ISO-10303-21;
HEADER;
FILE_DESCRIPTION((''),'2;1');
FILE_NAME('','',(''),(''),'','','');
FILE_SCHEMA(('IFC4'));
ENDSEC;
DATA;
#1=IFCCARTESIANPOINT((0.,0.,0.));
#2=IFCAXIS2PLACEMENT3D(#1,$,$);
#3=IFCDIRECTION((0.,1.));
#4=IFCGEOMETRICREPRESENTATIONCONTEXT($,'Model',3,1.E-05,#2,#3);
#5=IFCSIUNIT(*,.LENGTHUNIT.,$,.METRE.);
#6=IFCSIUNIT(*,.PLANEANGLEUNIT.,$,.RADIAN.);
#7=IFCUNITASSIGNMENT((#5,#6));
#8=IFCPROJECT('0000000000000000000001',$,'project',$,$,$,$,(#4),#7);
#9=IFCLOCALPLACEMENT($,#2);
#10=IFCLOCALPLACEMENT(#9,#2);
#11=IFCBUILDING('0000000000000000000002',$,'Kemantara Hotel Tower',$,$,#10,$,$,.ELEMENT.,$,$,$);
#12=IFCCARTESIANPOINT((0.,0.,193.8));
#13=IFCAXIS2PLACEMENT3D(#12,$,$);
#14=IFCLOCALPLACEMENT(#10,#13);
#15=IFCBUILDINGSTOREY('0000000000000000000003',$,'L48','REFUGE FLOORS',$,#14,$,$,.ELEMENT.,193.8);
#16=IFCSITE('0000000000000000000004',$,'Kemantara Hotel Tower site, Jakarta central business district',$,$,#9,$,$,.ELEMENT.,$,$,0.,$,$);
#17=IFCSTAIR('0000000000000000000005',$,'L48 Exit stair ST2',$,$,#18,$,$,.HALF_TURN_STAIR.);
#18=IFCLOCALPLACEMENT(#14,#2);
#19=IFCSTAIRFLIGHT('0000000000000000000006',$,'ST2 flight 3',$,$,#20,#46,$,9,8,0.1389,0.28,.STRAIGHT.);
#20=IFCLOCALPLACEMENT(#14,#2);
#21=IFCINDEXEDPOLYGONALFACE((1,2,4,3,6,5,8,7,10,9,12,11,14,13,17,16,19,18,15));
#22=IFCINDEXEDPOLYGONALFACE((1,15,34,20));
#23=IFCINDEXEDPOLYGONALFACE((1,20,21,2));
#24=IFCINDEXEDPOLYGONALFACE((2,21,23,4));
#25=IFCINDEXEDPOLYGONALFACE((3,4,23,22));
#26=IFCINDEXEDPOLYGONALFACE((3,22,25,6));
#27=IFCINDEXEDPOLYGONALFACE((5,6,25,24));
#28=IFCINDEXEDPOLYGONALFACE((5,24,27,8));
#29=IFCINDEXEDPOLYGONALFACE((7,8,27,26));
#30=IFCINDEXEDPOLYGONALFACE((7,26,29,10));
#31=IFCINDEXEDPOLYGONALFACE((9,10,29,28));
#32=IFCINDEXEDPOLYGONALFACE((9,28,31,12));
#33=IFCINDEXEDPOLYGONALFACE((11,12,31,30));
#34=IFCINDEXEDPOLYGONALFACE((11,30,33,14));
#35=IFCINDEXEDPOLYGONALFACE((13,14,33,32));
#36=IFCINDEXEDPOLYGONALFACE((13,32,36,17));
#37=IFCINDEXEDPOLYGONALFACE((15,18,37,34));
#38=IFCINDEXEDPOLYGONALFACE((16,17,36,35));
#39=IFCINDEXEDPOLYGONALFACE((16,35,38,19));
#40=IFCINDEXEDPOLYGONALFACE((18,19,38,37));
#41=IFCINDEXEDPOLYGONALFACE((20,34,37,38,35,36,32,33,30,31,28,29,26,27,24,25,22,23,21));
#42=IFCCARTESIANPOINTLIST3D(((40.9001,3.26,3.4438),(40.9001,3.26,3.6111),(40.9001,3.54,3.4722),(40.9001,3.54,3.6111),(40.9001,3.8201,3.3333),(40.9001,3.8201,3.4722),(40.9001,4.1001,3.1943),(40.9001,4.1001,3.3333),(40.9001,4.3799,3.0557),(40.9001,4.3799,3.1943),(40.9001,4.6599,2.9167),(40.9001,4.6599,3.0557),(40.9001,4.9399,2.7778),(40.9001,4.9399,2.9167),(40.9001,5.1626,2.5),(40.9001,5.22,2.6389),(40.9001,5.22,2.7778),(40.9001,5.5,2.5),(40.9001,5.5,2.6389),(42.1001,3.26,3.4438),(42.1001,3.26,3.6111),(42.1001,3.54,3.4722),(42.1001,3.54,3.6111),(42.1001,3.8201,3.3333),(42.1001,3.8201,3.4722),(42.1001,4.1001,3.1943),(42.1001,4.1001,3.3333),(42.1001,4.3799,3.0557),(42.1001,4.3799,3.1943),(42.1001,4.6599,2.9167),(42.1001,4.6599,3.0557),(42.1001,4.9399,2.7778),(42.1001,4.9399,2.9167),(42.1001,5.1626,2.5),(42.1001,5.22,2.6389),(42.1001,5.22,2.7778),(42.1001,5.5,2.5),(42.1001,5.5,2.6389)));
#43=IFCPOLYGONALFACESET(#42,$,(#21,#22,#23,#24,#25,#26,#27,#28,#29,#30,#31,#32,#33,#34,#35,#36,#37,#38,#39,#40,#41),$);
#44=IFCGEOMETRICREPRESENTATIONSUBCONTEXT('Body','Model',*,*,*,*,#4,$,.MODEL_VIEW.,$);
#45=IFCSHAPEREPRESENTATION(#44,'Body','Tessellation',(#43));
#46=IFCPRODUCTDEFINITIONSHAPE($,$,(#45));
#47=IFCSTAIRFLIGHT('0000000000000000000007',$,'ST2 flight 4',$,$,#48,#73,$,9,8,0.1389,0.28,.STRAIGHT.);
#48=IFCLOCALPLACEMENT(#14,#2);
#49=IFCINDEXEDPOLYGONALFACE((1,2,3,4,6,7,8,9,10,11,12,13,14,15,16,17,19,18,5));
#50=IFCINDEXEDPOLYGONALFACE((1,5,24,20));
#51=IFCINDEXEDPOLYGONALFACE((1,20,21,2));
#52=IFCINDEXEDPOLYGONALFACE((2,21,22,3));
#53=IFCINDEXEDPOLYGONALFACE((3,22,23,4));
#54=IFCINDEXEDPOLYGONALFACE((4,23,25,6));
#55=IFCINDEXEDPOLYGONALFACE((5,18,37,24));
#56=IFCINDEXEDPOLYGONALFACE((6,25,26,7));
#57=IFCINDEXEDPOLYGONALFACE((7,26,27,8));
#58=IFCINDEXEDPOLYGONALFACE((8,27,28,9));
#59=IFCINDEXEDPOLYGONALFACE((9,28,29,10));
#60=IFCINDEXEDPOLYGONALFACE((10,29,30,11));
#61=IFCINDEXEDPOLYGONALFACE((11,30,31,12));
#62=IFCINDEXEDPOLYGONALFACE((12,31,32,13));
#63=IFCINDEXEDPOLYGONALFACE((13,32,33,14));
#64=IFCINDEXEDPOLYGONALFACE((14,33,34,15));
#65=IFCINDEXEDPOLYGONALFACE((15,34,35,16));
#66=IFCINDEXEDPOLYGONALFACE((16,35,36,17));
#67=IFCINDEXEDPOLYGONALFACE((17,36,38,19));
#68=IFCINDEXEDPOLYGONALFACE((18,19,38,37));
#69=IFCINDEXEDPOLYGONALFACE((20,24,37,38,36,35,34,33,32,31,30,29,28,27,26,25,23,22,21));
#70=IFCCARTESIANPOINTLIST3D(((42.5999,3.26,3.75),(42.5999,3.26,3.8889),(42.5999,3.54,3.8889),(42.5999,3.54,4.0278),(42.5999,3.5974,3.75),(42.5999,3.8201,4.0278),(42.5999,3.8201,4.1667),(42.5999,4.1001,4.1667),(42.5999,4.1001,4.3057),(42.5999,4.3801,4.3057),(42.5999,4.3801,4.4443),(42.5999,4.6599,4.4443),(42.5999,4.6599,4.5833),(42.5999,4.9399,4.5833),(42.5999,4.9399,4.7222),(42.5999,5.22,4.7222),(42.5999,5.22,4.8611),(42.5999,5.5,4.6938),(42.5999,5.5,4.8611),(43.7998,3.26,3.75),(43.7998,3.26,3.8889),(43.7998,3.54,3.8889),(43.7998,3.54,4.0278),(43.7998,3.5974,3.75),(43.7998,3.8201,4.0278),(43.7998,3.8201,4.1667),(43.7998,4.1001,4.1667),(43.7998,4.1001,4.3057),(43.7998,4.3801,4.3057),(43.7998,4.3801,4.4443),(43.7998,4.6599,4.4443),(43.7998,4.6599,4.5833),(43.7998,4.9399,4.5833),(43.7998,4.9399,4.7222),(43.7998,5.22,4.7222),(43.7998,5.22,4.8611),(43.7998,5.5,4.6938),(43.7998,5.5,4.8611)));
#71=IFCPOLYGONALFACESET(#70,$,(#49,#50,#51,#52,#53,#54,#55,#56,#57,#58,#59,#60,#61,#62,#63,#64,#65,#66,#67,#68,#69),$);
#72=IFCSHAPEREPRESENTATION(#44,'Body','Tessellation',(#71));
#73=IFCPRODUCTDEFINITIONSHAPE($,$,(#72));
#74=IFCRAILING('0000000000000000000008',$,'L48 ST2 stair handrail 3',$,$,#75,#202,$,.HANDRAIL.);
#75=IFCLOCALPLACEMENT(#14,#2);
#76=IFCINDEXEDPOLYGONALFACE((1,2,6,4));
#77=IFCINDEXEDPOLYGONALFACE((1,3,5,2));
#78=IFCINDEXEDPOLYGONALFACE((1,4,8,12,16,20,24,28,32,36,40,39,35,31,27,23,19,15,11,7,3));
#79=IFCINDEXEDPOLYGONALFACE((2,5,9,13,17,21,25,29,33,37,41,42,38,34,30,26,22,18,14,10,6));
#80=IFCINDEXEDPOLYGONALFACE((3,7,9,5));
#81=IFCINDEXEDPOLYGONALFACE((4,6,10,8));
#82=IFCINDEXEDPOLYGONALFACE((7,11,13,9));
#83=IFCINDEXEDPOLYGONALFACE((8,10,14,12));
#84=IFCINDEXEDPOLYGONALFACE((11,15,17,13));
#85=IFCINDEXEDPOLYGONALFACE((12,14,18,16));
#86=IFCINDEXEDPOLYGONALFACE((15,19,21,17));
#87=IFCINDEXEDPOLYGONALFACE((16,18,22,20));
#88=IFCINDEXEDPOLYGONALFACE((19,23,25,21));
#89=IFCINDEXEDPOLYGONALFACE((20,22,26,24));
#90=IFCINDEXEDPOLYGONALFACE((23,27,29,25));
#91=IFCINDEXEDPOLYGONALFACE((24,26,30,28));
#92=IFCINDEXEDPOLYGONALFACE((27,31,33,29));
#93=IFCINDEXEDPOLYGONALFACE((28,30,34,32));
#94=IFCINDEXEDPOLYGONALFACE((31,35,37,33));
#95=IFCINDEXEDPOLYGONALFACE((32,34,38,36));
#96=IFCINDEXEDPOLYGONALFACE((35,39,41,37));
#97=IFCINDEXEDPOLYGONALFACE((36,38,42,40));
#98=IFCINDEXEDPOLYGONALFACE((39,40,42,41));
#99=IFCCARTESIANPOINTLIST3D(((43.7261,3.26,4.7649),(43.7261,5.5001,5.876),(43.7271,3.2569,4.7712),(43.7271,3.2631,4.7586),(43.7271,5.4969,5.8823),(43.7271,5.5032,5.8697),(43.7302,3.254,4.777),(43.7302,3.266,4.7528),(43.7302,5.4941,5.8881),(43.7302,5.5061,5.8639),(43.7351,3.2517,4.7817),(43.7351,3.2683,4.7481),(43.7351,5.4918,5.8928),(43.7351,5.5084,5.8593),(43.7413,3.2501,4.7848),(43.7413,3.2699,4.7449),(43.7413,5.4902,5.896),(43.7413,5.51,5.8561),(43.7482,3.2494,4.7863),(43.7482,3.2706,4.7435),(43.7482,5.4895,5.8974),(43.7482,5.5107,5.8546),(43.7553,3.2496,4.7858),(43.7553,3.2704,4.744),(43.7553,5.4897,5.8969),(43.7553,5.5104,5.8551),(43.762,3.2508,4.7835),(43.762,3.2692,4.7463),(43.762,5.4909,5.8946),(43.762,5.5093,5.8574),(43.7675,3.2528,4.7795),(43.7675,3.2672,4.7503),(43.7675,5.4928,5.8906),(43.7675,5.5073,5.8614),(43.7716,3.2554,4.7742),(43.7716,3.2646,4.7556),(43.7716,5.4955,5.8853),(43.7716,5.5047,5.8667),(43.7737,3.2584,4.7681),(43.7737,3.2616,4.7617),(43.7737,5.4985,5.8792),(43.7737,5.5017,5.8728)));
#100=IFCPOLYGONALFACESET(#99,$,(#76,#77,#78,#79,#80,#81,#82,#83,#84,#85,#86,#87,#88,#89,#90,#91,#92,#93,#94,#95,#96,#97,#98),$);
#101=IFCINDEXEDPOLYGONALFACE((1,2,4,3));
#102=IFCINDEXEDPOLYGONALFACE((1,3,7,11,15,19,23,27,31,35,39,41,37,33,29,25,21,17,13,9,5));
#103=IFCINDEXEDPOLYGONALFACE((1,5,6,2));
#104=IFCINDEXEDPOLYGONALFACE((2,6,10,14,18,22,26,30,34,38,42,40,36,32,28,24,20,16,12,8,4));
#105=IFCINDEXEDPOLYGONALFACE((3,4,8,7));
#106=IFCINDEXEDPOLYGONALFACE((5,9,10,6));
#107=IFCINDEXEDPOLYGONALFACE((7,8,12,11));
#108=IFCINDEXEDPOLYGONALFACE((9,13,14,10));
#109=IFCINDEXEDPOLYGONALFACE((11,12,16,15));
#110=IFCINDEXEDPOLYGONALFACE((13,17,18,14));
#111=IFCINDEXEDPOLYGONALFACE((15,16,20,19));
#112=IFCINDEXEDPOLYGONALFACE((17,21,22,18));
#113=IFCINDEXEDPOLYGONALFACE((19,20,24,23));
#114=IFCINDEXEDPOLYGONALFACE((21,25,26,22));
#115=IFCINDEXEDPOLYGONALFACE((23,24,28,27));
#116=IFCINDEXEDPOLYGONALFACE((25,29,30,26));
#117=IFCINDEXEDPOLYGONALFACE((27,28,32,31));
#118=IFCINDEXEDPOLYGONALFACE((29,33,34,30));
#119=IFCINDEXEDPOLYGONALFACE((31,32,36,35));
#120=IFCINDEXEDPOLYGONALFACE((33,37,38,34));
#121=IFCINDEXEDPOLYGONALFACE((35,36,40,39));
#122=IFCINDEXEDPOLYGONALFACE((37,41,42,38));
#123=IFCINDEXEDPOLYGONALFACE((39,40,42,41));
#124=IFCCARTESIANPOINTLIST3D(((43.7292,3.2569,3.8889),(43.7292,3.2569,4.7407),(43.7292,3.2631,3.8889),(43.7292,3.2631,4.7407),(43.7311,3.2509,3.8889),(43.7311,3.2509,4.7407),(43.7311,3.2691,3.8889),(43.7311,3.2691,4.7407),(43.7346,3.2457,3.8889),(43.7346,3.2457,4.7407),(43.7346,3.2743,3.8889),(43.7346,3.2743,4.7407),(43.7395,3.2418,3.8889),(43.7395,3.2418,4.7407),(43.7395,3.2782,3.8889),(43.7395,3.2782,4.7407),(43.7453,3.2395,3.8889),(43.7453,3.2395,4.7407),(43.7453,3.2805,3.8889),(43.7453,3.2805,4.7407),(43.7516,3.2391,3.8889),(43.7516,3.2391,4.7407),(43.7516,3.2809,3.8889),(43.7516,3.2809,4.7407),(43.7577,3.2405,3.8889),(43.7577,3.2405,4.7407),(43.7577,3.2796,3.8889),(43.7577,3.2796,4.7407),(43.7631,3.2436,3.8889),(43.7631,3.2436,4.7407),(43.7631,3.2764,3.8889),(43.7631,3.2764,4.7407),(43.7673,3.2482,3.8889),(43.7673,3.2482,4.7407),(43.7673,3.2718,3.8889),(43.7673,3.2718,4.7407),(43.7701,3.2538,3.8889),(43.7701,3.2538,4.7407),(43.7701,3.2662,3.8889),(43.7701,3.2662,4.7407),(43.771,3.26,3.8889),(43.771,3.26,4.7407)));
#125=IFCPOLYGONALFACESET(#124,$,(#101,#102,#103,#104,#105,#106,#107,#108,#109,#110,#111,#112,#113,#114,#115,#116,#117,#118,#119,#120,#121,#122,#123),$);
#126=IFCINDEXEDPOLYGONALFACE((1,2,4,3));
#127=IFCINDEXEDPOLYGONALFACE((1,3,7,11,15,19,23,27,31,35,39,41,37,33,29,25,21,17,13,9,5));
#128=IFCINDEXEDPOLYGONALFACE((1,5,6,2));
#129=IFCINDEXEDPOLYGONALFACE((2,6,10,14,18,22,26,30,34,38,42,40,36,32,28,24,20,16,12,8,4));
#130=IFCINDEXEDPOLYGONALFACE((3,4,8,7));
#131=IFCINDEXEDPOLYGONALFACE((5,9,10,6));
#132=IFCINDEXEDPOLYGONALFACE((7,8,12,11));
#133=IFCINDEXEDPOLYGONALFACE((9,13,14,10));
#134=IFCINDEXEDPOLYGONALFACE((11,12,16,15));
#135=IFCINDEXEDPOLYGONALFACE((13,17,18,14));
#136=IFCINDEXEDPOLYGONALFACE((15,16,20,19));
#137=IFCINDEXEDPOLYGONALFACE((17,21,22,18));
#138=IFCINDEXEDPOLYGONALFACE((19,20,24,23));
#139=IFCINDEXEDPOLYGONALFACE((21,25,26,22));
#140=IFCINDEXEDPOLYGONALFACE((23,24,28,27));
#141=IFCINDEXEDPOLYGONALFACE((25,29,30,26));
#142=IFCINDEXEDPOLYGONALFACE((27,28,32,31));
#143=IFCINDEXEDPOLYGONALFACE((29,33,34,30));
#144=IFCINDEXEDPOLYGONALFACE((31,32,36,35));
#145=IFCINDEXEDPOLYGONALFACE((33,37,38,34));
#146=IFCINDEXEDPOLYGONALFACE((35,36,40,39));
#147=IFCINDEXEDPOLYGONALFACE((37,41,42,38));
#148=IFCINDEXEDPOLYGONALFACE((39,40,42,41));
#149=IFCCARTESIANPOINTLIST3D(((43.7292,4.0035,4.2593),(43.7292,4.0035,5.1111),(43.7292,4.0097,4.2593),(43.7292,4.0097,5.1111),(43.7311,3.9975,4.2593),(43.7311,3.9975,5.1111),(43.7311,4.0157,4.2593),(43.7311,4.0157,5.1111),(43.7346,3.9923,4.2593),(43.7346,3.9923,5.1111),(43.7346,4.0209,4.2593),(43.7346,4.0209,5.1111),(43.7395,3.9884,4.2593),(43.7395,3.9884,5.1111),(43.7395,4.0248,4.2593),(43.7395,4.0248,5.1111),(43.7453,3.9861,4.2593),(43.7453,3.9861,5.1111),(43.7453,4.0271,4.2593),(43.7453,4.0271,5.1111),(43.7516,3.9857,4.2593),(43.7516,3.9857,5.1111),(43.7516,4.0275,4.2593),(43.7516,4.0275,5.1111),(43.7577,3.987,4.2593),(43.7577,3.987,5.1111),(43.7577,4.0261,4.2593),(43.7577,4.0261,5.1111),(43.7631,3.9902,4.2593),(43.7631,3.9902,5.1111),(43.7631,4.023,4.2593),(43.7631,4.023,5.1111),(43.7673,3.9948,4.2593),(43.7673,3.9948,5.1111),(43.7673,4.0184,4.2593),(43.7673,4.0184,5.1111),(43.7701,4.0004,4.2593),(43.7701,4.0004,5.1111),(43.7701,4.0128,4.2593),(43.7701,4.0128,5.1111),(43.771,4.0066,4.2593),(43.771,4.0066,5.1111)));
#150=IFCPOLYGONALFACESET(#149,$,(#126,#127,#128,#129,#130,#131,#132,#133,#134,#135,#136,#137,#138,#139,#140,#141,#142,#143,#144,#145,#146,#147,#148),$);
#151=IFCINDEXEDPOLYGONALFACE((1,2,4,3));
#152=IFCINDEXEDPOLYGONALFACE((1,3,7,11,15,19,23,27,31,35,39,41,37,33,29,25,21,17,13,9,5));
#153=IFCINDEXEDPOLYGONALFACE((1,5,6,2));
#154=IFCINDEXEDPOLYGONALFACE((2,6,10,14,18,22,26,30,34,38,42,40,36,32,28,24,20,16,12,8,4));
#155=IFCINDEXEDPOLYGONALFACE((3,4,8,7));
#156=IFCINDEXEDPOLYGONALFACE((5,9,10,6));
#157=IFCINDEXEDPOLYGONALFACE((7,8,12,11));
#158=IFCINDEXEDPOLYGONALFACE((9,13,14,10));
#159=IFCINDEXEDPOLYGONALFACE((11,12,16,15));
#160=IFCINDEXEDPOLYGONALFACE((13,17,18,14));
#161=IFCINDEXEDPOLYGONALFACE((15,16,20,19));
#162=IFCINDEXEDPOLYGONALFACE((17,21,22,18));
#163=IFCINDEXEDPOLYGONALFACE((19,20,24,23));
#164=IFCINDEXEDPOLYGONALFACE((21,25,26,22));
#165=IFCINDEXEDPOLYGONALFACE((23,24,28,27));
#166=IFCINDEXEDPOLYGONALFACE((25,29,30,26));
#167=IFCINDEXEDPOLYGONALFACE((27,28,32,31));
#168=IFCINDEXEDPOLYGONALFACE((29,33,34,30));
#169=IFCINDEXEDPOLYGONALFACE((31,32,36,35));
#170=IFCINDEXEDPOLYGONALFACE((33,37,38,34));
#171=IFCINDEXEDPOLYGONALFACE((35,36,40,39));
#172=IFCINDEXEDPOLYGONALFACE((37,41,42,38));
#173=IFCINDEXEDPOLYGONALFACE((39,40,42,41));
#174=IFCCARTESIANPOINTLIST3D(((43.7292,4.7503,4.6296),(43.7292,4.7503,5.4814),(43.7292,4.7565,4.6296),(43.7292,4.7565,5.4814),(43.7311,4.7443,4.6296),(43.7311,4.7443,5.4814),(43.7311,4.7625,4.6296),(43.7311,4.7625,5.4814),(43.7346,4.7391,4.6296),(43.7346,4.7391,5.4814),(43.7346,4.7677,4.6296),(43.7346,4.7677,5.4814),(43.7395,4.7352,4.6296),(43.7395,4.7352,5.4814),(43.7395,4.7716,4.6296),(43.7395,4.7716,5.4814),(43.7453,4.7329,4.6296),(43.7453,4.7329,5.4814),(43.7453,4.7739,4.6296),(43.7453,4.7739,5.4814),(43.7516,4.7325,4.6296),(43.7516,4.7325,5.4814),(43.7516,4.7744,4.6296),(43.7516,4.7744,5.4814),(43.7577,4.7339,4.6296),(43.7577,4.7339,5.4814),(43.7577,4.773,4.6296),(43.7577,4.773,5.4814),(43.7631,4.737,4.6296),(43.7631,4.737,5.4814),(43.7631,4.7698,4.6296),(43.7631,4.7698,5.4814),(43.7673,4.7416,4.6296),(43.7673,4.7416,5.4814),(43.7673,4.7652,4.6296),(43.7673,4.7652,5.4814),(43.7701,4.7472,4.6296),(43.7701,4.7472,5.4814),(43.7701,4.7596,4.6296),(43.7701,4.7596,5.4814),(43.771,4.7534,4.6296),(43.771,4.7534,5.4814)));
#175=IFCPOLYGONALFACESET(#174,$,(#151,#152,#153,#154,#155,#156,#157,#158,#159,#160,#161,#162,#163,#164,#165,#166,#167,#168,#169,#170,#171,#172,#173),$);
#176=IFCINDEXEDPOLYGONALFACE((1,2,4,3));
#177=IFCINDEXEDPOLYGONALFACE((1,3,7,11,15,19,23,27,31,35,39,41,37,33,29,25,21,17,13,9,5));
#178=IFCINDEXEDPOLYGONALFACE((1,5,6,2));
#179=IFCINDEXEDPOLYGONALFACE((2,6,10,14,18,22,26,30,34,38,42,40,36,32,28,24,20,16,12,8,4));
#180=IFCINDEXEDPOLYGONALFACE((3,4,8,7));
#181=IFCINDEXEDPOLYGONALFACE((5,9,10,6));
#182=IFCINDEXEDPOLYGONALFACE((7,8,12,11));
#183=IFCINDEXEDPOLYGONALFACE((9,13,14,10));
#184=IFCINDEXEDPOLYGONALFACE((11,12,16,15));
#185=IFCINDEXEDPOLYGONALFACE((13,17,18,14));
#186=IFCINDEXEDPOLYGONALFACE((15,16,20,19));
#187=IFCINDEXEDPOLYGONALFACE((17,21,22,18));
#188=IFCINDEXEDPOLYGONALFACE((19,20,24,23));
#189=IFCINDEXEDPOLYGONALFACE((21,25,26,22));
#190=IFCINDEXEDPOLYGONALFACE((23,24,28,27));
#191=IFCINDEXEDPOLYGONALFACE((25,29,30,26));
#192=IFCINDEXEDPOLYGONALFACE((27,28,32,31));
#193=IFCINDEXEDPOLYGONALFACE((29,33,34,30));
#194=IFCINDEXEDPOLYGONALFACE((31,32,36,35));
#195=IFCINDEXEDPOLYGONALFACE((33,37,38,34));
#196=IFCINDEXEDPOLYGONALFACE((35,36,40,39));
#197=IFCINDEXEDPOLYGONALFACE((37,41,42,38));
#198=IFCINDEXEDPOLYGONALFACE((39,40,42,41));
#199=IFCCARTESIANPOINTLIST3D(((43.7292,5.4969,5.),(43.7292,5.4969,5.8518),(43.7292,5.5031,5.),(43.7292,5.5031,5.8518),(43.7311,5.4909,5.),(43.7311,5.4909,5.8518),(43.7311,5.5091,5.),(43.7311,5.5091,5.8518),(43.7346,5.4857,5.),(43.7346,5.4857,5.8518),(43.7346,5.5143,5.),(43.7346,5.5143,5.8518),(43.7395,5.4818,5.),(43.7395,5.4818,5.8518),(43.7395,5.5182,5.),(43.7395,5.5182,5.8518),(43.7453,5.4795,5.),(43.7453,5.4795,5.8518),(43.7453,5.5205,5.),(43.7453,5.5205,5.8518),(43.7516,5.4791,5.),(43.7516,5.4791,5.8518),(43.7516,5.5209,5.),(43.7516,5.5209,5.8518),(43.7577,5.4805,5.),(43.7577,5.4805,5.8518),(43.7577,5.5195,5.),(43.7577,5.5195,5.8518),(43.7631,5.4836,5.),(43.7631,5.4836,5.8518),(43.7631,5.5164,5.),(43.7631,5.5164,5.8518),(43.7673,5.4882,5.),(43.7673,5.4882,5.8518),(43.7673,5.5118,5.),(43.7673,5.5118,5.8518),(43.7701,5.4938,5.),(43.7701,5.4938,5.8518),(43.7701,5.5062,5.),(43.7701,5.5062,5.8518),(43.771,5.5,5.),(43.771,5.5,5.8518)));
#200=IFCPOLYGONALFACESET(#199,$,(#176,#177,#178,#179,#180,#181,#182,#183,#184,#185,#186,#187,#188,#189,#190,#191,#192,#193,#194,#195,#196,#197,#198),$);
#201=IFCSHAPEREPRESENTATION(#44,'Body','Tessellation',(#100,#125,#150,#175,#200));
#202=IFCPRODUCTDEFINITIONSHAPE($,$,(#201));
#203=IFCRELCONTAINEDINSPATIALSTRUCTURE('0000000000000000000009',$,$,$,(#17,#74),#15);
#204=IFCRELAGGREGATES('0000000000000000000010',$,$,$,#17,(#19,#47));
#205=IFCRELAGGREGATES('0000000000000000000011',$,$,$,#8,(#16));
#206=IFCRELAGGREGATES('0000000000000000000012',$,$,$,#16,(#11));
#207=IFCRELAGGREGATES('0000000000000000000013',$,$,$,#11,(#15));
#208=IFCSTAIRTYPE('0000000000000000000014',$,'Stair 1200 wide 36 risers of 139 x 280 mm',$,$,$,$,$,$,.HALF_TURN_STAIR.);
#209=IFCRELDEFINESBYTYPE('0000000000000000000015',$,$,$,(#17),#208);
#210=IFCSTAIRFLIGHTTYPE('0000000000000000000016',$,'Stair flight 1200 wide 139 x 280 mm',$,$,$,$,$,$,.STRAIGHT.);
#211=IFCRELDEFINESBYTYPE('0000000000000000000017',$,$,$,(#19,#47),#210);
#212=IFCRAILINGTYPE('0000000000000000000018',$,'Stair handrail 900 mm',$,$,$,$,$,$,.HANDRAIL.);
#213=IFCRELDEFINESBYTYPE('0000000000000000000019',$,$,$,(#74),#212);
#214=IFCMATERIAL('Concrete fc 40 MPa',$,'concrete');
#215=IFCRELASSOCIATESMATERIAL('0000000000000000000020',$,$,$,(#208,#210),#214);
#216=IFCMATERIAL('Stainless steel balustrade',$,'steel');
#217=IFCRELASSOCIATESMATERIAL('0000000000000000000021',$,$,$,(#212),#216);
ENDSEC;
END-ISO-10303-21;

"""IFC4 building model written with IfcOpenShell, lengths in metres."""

from ifc_helpers import new_model, si_unit, direction, frame, origin, origin_2d, place, context, subcontext, project, spatial, polyline, circle, outline, extrude, material, type_object, element, aggregate, save


model = new_model("IFC4")

# Units and contexts
model_context = context("Model", 3, precision=1e-05, world=origin(), true_north=direction((0.0, 1.0)))
body_context = subcontext(model_context, "Body", "Model", "MODEL_VIEW")
ifc_project = project(units=[si_unit("LENGTHUNIT", "METRE"), si_unit("PLANEANGLEUNIT", "RADIAN")], contexts=[model_context])

# Site, building, storey
site_placement = place(None, origin())
site = spatial("IfcSite", under=ifc_project, at=site_placement, Name="Kemantara Hotel Tower site, Jakarta central business district", CompositionType="ELEMENT", RefElevation=0.0)
building_placement = place(site_placement, origin())
building = spatial("IfcBuilding", under=site, at=building_placement, Name="Kemantara Hotel Tower", CompositionType="ELEMENT")
storey_placement = place(building_placement, frame((0.0, 0.0, 193.8)))
storey = spatial("IfcBuildingStorey", under=building, at=storey_placement, Name="L48", Description="REFUGE FLOORS", CompositionType="ELEMENT", Elevation=193.8)

# Stair, stair flights
ifc_material_1 = material(Name="Concrete fc 40 MPa", Category="concrete")
stair_type = type_object("IfcStairType", Name="Stair 1200 wide 36 risers of 139 x 280 mm", PredefinedType="HALF_TURN_STAIR", material=ifc_material_1)
stair_placement = place(storey_placement, origin())
stair = element("IfcStair", 1, at=stair_placement, inside=storey, type_object=stair_type, Name="L48 Exit stair ST2", PredefinedType="HALF_TURN_STAIR")
stair_flight_type = type_object("IfcStairFlightType", Name="Stair flight 1200 wide 139 x 280 mm", PredefinedType="STRAIGHT", material=ifc_material_1)
stair_flight_1_placement = place(storey_placement, frame((41.5, 5.5, 2.5), z_axis=(0.0, 0.0, 1.0), x_axis=(0.0, -1.0, 0.0)))
stair_flight_1 = element("IfcStairFlight", 2, at=stair_flight_1_placement, type_object=stair_flight_type, Name="ST2 flight 3", NumberOfRisers=9, NumberOfTreads=8, PredefinedType="STRAIGHT", RiserHeight=0.1389, TreadLength=0.28, context=body_context, shape_type="SweptSolid", body=[
    extrude(outline(polyline([(0.0, 0.0), (0.0, 0.1389), (0.28, 0.1389), (0.28, 0.2778), (0.5601, 0.2778), (0.5601, 0.4167), (0.8401, 0.4167), (0.8401, 0.5557), (1.1201, 0.5557), (1.1201, 0.6943), (1.3999, 0.6943), (1.3999, 0.8333), (1.6799, 0.8333), (1.6799, 0.9722), (1.96, 0.9722), (1.96, 1.1111), (2.24, 1.1111), (2.24, 1.25), (2.24, 0.9438), (0.3374, 0.0), (0.0, 0.0)])), frame((0.0, 0.6001, 0.0), z_axis=(0.0, -1.0, 0.0), x_axis=(1.0, 0.0, 0.0)), (0.0, 0.0, 1.0), 1.2),
])
stair_flight_2_placement = place(storey_placement, frame((43.2, 3.26, 3.75), z_axis=(0.0, 0.0, 1.0), x_axis=(0.0, 1.0, 0.0)))
stair_flight_2 = element("IfcStairFlight", 3, at=stair_flight_2_placement, type_object=stair_flight_type, Name="ST2 flight 4", NumberOfRisers=9, NumberOfTreads=8, PredefinedType="STRAIGHT", RiserHeight=0.1389, TreadLength=0.28, context=body_context, shape_type="SweptSolid", body=[
    extrude(outline(polyline([(0.0, 0.0), (0.0, 0.1389), (0.28, 0.1389), (0.28, 0.2778), (0.5601, 0.2778), (0.5601, 0.4167), (0.8401, 0.4167), (0.8401, 0.5557), (1.1201, 0.5557), (1.1201, 0.6943), (1.3999, 0.6943), (1.3999, 0.8333), (1.6799, 0.8333), (1.6799, 0.9722), (1.96, 0.9722), (1.96, 1.1111), (2.24, 1.1111), (2.24, 1.25), (2.24, 0.9438), (0.3374, 0.0), (0.0, 0.0)])), frame((0.0, 0.6001, 0.0), z_axis=(0.0, -1.0, 0.0), x_axis=(1.0, 0.0, 0.0)), (0.0, 0.0, 1.0), 1.2),
])
aggregate(stair, [stair_flight_1, stair_flight_2])

# Railing
ifc_material_2 = material(Name="Stainless steel balustrade", Category="steel")
railing_type_1 = type_object("IfcRailingType", Name="Stair handrail 900 mm", PredefinedType="HANDRAIL", material=ifc_material_2)
railing_1_placement = place(storey_placement, frame((43.75, 3.26, 3.8889)))
element("IfcRailing", 4, at=railing_1_placement, inside=storey, type_object=railing_type_1, Name="L48 ST2 stair handrail 3", PredefinedType="HANDRAIL", context=body_context, shape_type="SweptSolid", body=[
    extrude(circle(Radius=0.0239, at=origin_2d()), frame((0.0, 0.0, 0.876), z_axis=(0.0, 0.895848, 0.44436), x_axis=(-1.0, 0.0, 0.0)), (0.0, 0.0, 1.0), 2.5005),
    extrude(circle(Radius=0.021, at=origin_2d()), origin(), (0.0, 0.0, 1.0), 0.8518),
    extrude(circle(Radius=0.021, at=origin_2d()), frame((0.0, 0.7466, 0.3704)), (0.0, 0.0, 1.0), 0.8518),
    extrude(circle(Radius=0.021, at=origin_2d()), frame((0.0, 1.4934, 0.7407)), (0.0, 0.0, 1.0), 0.8518),
    extrude(circle(Radius=0.021, at=origin_2d()), frame((0.0, 2.24, 1.1111)), (0.0, 0.0, 1.0), 0.8518),
])

save(model, "model.ifc")
